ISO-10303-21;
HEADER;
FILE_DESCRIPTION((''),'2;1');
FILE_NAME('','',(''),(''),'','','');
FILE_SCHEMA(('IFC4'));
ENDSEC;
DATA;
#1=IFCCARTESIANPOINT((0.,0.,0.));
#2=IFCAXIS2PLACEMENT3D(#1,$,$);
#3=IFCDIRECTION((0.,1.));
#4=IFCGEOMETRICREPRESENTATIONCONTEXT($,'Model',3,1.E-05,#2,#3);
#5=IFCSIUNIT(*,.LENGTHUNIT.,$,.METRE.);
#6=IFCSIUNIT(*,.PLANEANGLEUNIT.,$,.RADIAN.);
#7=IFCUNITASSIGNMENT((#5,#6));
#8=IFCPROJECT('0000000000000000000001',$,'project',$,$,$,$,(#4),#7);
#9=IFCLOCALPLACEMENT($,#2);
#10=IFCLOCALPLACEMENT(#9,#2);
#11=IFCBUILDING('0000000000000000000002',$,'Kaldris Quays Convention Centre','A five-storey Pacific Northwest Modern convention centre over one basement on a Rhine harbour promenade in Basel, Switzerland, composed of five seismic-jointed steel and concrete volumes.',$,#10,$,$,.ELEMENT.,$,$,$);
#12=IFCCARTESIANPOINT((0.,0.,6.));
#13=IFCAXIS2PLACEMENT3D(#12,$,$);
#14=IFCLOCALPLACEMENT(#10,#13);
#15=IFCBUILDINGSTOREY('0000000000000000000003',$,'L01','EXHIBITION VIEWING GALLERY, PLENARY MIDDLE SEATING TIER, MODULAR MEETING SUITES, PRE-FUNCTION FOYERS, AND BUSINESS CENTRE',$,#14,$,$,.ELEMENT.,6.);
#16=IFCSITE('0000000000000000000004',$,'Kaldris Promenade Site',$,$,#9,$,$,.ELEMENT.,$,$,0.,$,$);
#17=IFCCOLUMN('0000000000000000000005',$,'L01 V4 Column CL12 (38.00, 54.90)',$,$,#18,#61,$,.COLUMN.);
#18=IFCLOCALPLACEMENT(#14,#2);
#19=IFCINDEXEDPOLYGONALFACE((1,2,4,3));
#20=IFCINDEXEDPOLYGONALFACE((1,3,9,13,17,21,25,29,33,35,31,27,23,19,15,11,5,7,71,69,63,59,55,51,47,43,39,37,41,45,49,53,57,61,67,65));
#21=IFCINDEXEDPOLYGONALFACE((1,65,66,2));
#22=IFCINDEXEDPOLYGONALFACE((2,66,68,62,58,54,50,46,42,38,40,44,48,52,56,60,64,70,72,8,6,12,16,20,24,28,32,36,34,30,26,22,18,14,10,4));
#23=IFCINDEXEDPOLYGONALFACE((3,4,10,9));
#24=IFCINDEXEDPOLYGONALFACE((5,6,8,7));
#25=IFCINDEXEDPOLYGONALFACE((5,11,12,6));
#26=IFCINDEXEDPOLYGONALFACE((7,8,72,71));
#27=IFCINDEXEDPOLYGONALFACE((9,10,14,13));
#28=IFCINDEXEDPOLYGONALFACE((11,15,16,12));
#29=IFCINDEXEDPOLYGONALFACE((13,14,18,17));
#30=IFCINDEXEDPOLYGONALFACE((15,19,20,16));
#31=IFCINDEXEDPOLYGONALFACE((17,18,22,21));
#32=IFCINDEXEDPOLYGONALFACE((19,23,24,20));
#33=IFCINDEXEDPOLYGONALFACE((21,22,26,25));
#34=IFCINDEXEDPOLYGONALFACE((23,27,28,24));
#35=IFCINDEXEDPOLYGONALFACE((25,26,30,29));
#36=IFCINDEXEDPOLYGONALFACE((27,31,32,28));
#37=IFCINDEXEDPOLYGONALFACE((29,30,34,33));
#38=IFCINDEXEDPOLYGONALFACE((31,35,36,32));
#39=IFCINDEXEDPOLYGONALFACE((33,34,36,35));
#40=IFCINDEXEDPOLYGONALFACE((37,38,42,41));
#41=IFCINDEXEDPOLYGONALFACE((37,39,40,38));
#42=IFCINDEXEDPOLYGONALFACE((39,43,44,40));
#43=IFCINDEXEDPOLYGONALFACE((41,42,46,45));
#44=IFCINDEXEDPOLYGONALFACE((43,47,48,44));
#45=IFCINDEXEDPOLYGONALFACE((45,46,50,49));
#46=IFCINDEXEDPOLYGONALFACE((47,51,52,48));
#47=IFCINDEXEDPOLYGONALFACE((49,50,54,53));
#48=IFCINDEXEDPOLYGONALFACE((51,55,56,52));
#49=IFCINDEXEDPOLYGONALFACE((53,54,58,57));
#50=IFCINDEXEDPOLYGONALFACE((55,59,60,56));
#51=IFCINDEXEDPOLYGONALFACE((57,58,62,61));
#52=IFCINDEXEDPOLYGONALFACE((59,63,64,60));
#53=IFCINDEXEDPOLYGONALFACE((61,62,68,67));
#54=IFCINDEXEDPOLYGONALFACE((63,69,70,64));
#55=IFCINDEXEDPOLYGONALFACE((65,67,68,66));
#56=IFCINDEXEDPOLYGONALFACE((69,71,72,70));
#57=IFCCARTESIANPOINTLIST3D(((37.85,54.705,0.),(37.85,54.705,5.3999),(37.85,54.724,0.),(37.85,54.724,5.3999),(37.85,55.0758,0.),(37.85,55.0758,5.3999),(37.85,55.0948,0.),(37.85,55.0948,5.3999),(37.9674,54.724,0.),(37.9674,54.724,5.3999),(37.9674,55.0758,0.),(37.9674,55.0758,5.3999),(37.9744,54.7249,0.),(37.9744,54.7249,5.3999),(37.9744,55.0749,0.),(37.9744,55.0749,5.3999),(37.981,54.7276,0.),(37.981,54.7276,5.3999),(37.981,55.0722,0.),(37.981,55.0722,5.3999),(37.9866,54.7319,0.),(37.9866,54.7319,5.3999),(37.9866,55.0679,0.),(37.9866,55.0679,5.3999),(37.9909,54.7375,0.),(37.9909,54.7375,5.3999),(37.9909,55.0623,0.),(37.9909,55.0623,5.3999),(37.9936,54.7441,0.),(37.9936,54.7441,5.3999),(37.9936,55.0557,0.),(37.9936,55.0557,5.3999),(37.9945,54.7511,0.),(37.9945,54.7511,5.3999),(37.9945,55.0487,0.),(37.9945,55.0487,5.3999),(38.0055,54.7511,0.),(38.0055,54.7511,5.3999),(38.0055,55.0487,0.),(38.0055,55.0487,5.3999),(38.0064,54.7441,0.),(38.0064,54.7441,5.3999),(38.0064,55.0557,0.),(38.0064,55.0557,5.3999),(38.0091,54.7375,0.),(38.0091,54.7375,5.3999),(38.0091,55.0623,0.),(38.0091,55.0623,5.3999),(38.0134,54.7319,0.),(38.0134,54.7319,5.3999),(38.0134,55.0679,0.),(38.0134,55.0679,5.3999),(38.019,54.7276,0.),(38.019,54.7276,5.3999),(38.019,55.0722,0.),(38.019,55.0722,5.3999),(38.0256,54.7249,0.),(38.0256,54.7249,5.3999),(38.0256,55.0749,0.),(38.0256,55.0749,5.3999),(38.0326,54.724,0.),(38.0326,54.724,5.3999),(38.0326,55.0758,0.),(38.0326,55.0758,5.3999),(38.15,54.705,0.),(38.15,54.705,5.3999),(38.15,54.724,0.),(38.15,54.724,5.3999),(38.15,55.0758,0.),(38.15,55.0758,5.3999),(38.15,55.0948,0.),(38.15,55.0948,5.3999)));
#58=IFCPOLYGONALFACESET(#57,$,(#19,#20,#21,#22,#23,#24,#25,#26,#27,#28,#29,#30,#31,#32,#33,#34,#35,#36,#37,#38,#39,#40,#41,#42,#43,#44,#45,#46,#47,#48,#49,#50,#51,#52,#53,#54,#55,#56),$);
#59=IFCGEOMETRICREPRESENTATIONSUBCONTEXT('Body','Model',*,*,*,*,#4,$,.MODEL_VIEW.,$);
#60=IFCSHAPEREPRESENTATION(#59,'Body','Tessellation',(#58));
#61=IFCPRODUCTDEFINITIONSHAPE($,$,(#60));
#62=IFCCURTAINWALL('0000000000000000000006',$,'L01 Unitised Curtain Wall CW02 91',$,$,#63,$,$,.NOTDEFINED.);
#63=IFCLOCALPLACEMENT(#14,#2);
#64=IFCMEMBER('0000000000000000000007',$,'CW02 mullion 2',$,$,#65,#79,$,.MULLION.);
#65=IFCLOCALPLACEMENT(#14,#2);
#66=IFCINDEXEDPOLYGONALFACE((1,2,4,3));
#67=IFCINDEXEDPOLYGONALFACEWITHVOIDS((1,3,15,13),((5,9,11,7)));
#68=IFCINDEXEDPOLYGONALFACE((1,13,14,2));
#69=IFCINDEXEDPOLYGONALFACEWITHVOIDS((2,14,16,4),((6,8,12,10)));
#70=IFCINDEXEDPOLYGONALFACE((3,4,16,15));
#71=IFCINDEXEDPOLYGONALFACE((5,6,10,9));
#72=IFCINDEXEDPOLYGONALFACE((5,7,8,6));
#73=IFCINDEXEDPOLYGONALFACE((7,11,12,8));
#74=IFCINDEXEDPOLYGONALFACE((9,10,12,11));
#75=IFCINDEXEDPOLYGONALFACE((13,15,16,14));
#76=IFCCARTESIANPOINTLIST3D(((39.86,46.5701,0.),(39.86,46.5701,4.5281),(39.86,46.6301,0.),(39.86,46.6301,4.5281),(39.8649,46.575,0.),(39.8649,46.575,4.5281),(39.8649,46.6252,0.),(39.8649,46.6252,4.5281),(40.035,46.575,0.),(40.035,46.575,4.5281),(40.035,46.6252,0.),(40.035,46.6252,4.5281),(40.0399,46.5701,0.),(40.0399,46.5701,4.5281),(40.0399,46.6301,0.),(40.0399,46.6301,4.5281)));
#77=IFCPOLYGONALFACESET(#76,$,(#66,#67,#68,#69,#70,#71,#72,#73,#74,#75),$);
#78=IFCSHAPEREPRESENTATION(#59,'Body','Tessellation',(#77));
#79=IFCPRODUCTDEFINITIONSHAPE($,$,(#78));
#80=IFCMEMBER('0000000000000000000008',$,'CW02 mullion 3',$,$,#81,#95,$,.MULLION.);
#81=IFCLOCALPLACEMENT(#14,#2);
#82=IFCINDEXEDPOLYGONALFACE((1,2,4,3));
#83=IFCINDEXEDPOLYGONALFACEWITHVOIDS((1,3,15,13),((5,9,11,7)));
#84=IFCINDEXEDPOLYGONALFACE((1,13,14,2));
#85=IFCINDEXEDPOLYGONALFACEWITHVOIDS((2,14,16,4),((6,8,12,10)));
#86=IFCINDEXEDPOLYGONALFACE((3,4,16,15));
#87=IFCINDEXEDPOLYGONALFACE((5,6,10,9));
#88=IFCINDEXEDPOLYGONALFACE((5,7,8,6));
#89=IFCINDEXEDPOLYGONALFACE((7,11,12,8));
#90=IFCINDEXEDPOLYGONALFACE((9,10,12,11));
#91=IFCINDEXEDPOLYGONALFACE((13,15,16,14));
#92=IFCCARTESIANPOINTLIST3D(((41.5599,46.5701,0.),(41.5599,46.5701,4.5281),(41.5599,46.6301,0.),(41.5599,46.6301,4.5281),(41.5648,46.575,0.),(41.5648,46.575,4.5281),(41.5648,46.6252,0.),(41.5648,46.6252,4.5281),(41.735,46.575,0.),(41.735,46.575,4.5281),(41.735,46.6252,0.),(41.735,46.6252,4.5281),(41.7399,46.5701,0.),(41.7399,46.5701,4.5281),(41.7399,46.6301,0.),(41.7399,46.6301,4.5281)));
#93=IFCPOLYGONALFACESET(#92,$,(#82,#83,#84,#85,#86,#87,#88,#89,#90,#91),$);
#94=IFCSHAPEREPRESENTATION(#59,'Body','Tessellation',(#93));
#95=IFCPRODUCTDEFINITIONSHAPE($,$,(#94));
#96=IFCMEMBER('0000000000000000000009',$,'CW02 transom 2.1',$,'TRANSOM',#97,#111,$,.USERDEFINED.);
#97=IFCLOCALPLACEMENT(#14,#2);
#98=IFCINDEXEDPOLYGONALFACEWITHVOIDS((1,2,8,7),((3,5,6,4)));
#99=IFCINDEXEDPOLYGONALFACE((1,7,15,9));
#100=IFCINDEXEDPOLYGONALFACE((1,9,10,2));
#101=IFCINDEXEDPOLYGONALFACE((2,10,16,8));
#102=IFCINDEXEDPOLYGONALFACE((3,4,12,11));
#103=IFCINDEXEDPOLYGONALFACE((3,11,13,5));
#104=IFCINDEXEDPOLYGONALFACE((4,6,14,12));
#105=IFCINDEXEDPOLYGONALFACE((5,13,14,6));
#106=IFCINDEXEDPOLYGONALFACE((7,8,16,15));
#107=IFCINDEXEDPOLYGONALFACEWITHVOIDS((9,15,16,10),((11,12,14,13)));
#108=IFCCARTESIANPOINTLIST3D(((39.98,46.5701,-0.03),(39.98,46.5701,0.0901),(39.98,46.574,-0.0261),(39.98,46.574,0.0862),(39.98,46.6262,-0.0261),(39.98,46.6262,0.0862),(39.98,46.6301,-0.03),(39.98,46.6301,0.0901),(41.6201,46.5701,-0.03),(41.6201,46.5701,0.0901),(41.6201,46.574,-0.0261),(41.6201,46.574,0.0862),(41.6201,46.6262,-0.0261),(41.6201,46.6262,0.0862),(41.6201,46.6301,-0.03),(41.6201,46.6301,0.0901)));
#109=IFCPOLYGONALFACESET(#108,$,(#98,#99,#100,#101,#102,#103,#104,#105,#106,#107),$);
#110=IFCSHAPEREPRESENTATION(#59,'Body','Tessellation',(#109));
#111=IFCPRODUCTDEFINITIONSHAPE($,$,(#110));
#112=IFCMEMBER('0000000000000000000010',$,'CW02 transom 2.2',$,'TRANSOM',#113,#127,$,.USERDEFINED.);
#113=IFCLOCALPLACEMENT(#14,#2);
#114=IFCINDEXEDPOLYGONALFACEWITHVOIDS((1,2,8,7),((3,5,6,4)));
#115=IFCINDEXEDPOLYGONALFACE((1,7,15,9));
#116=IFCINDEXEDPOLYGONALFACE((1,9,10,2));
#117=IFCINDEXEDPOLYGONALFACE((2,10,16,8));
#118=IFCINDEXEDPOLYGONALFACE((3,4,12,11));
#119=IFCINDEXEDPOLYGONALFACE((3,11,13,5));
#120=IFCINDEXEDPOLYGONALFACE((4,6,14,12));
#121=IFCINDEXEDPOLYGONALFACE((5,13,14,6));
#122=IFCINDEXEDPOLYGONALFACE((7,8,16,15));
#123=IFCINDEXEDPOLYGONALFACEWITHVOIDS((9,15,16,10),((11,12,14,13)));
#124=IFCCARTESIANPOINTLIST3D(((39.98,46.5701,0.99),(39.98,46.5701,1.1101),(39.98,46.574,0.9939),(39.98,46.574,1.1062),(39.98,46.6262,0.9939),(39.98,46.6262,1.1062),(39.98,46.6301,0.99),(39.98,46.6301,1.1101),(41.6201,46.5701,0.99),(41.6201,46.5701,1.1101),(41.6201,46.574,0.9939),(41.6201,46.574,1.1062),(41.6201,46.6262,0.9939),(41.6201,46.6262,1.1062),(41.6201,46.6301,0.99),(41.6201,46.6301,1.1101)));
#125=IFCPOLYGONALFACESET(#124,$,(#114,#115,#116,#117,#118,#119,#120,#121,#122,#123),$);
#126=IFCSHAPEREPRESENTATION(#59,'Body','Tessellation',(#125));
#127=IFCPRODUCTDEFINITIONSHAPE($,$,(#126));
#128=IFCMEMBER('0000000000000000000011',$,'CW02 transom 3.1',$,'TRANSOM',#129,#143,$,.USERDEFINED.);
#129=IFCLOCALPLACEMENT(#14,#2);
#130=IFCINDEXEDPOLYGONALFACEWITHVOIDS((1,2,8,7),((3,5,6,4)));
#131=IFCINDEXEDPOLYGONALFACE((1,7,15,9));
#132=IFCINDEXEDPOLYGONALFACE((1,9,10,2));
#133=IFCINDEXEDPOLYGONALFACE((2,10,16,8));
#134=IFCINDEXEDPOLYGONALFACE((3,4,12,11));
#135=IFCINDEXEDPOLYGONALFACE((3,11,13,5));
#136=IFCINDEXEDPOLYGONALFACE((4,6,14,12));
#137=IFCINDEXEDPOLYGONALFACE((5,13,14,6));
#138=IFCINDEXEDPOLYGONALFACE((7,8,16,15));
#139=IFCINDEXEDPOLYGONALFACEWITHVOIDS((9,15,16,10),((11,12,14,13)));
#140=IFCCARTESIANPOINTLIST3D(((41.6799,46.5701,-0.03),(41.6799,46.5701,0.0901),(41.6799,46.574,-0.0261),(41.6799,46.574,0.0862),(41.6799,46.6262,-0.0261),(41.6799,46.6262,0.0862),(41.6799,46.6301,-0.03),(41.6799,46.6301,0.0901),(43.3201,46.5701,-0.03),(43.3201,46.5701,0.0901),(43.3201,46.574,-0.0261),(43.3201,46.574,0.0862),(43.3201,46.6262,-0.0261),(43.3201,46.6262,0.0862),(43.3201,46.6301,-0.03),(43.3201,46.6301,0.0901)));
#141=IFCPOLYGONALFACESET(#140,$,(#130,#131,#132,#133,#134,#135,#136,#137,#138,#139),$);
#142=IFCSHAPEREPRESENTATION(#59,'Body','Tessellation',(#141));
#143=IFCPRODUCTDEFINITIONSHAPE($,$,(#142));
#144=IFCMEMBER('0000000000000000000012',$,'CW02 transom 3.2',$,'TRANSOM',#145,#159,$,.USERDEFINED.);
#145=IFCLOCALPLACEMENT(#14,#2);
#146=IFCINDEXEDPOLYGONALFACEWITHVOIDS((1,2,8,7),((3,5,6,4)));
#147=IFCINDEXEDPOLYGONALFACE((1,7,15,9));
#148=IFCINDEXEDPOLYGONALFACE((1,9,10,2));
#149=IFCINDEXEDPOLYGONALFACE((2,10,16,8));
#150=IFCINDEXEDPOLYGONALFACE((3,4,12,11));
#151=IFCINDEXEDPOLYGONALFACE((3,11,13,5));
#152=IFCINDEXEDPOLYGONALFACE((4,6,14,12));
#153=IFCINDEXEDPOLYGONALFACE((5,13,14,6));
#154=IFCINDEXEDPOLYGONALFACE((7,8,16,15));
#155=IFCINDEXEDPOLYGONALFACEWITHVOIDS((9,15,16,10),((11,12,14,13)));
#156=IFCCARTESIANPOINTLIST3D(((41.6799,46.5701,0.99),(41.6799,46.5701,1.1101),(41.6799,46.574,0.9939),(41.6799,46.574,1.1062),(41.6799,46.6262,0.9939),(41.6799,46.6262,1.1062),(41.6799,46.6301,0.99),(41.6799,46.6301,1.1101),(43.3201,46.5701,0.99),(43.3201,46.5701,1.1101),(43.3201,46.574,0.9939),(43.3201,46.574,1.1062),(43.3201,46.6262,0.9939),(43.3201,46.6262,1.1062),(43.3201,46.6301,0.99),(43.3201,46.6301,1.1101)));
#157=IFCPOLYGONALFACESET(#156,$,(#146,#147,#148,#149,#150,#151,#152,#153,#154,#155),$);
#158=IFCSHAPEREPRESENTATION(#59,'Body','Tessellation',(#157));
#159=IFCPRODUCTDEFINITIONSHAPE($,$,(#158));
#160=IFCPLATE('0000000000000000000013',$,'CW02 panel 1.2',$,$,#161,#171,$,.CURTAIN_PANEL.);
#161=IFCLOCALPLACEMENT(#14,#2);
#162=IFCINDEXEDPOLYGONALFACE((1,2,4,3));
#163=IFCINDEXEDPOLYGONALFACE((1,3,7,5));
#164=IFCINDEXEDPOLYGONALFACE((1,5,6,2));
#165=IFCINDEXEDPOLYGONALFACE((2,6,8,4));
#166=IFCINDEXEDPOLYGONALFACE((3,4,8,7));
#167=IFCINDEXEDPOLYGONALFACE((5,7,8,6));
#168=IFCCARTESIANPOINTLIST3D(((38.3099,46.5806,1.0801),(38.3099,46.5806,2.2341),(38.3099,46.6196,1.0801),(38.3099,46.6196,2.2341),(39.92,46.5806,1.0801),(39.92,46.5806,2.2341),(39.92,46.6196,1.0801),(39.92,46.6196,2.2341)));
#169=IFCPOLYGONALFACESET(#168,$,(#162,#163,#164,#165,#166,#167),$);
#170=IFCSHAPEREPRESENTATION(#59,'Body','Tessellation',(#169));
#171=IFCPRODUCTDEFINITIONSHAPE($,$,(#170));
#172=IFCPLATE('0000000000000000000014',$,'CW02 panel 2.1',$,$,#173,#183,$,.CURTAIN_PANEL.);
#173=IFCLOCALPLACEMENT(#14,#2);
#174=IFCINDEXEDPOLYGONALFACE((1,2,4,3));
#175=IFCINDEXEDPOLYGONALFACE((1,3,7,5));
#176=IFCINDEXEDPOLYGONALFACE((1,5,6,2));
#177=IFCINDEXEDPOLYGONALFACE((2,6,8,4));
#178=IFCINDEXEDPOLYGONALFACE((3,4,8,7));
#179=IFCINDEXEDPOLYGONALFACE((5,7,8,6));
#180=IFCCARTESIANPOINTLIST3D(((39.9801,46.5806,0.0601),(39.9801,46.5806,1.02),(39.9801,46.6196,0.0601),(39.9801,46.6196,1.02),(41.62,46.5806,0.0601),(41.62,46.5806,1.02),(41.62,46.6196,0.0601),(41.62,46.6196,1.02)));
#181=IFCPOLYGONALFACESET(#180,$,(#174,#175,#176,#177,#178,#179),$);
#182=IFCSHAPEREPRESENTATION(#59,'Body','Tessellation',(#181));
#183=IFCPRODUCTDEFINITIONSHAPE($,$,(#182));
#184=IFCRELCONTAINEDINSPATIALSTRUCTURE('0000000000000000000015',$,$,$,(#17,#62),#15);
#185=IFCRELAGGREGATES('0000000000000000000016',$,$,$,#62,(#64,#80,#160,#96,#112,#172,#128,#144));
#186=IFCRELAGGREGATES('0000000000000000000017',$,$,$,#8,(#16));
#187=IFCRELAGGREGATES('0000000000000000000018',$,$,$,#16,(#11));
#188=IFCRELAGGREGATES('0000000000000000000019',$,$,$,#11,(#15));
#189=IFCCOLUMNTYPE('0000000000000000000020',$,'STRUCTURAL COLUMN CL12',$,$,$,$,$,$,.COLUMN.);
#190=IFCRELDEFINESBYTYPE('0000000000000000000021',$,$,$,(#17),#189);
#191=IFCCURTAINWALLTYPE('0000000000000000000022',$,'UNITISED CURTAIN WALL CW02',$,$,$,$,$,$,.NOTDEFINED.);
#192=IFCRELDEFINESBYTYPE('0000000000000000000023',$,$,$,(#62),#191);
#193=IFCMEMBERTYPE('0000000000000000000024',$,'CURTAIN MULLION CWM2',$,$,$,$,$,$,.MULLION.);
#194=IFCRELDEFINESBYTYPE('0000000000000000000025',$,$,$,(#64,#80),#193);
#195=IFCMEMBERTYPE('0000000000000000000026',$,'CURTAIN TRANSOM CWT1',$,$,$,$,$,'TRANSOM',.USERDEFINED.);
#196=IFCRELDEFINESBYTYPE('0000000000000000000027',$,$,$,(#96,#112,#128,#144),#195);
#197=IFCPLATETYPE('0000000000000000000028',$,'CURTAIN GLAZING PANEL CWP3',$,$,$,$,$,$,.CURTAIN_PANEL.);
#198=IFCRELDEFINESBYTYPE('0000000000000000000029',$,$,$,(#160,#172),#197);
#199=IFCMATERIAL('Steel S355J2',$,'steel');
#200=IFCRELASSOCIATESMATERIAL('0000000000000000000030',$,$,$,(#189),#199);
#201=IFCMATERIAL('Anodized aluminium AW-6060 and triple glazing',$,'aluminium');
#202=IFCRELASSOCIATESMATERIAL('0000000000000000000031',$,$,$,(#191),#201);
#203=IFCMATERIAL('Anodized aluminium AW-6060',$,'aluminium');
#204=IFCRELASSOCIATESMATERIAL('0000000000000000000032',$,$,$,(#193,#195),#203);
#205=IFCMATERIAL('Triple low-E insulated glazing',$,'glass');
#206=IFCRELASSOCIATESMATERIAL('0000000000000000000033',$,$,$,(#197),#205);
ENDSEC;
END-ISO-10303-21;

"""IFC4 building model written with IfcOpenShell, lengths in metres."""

from ifc_helpers import new_model, si_unit, direction, frame, origin, origin_2d, place, context, subcontext, project, spatial, rectangle, hollow_rectangle, i_section, extrude, material, material_profile, profile_set, type_object, element, aggregate, save


model = new_model("IFC4")

# Units and contexts
model_context = context("Model", 3, precision=1e-05, world=origin(), true_north=direction((0.0, 1.0)))
body_context = subcontext(model_context, "Body", "Model", "MODEL_VIEW")
ifc_project = project(units=[si_unit("LENGTHUNIT", "METRE"), si_unit("PLANEANGLEUNIT", "RADIAN")], contexts=[model_context])

# Site, building, storey
site_placement = place(None, origin())
site = spatial("IfcSite", under=ifc_project, at=site_placement, Name="Kaldris Promenade Site", CompositionType="ELEMENT", RefElevation=0.0)
building_placement = place(site_placement, origin())
building = spatial("IfcBuilding", under=site, at=building_placement, Name="Kaldris Quays Convention Centre", Description="A five-storey Pacific Northwest Modern convention centre over one basement on a Rhine harbour promenade in Basel, Switzerland, composed of five seismic-jointed steel and concrete volumes.", CompositionType="ELEMENT")
storey_placement = place(building_placement, frame((0.0, 0.0, 6.0)))
storey = spatial("IfcBuildingStorey", under=building, at=storey_placement, Name="L01", Description="EXHIBITION VIEWING GALLERY, PLENARY MIDDLE SEATING TIER, MODULAR MEETING SUITES, PRE-FUNCTION FOYERS, AND BUSINESS CENTRE", CompositionType="ELEMENT", Elevation=6.0)

# Column
ifc_material_1 = material(Name="Steel S355J2", Category="steel")
ifc_material_profile_1 = material_profile(ifc_material_1, i_section(OverallWidth=0.3, OverallDepth=0.3899, WebThickness=0.011, FlangeThickness=0.019, FilletRadius=0.0271, at=origin_2d()), Name="HEA 400")
ifc_profile_set_1 = profile_set([ifc_material_profile_1], Name="Steel S355J2")
column_type = type_object("IfcColumnType", Name="STRUCTURAL COLUMN CL12", PredefinedType="COLUMN", material=ifc_profile_set_1)
column_placement = place(storey_placement, frame((38.0, 54.8999, 0.0), z_axis=(0.0, 0.0, 1.0), x_axis=(1.0, 0.0, 0.0)))
element("IfcColumn", 1, at=column_placement, inside=storey, type_object=column_type, Name="L01 V4 Column CL12 (38.00, 54.90)", PredefinedType="COLUMN", context=body_context, shape_type="SweptSolid", body=[
    extrude(i_section(OverallWidth=0.3, OverallDepth=0.3899, WebThickness=0.011, FlangeThickness=0.019, FilletRadius=0.0271, at=origin_2d()), origin(), (0.0, 0.0, 1.0), 5.3999),
])

# Curtain wall, members, plates
ifc_material_2 = material(Name="Anodized aluminium AW-6060 and triple glazing", Category="aluminium")
curtain_wall_type = type_object("IfcCurtainWallType", Name="UNITISED CURTAIN WALL CW02", PredefinedType="NOTDEFINED", material=ifc_material_2)
curtain_wall_placement = place(storey_placement, origin())
curtain_wall = element("IfcCurtainWall", 2, at=curtain_wall_placement, inside=storey, type_object=curtain_wall_type, Name="L01 Unitised Curtain Wall CW02 91", PredefinedType="NOTDEFINED")
ifc_material_3 = material(Name="Anodized aluminium AW-6060", Category="aluminium")
ifc_material_profile_2 = material_profile(ifc_material_3, hollow_rectangle(XDim=0.0601, YDim=0.1799, WallThickness=0.0049, at=origin_2d()), Name="RHS 180x60x5")
ifc_profile_set_2 = profile_set([ifc_material_profile_2], Name="Anodized aluminium AW-6060")
member_type_1 = type_object("IfcMemberType", Name="CURTAIN MULLION CWM2", PredefinedType="MULLION", material=ifc_profile_set_2)
member_1_placement = place(storey_placement, frame((39.95, 46.6001, 0.0), z_axis=(0.0, 0.0, 1.0), x_axis=(0.0, 1.0, 0.0)))
member_1 = element("IfcMember", 3, at=member_1_placement, type_object=member_type_1, Name="CW02 mullion 2", PredefinedType="MULLION", context=body_context, shape_type="SweptSolid", body=[
    extrude(hollow_rectangle(XDim=0.0601, YDim=0.1799, WallThickness=0.0049, at=origin_2d()), origin(), (0.0, 0.0, 1.0), 4.5281),
])
member_2_placement = place(storey_placement, frame((41.6499, 46.6001, 0.0), z_axis=(0.0, 0.0, 1.0), x_axis=(0.0, 1.0, 0.0)))
member_2 = element("IfcMember", 4, at=member_2_placement, type_object=member_type_1, Name="CW02 mullion 3", PredefinedType="MULLION", context=body_context, shape_type="SweptSolid", body=[
    extrude(hollow_rectangle(XDim=0.0601, YDim=0.1799, WallThickness=0.0049, at=origin_2d()), origin(), (0.0, 0.0, 1.0), 4.5281),
])
ifc_material_profile_3 = material_profile(ifc_material_3, hollow_rectangle(XDim=0.0601, YDim=0.1201, WallThickness=0.0039, at=origin_2d()), Name="RHS 120x60x4")
ifc_profile_set_3 = profile_set([ifc_material_profile_3], Name="Anodized aluminium AW-6060")
member_type_2 = type_object("IfcMemberType", Name="CURTAIN TRANSOM CWT1", ElementType="TRANSOM", PredefinedType="USERDEFINED", material=ifc_profile_set_3)
member_3_placement = place(storey_placement, frame((39.98, 46.6001, 0.03), z_axis=(1.0, 0.0, 0.0), x_axis=(0.0, 1.0, 0.0)))
member_3 = element("IfcMember", 5, at=member_3_placement, type_object=member_type_2, Name="CW02 transom 2.1", ObjectType="TRANSOM", PredefinedType="USERDEFINED", context=body_context, shape_type="SweptSolid", body=[
    extrude(hollow_rectangle(XDim=0.0601, YDim=0.1201, WallThickness=0.0039, at=origin_2d()), origin(), (0.0, 0.0, 1.0), 1.6401),
])
member_4_placement = place(storey_placement, frame((39.98, 46.6001, 1.05), z_axis=(1.0, 0.0, 0.0), x_axis=(0.0, 1.0, 0.0)))
member_4 = element("IfcMember", 6, at=member_4_placement, type_object=member_type_2, Name="CW02 transom 2.2", ObjectType="TRANSOM", PredefinedType="USERDEFINED", context=body_context, shape_type="SweptSolid", body=[
    extrude(hollow_rectangle(XDim=0.0601, YDim=0.1201, WallThickness=0.0039, at=origin_2d()), origin(), (0.0, 0.0, 1.0), 1.6401),
])
member_5_placement = place(storey_placement, frame((41.6799, 46.6001, 0.03), z_axis=(1.0, 0.0, 0.0), x_axis=(0.0, 1.0, 0.0)))
member_5 = element("IfcMember", 7, at=member_5_placement, type_object=member_type_2, Name="CW02 transom 3.1", ObjectType="TRANSOM", PredefinedType="USERDEFINED", context=body_context, shape_type="SweptSolid", body=[
    extrude(hollow_rectangle(XDim=0.0601, YDim=0.1201, WallThickness=0.0039, at=origin_2d()), origin(), (0.0, 0.0, 1.0), 1.6401),
])
member_6_placement = place(storey_placement, frame((41.6799, 46.6001, 1.05), z_axis=(1.0, 0.0, 0.0), x_axis=(0.0, 1.0, 0.0)))
member_6 = element("IfcMember", 8, at=member_6_placement, type_object=member_type_2, Name="CW02 transom 3.2", ObjectType="TRANSOM", PredefinedType="USERDEFINED", context=body_context, shape_type="SweptSolid", body=[
    extrude(hollow_rectangle(XDim=0.0601, YDim=0.1201, WallThickness=0.0039, at=origin_2d()), origin(), (0.0, 0.0, 1.0), 1.6401),
])
ifc_material_4 = material(Name="Triple low-E insulated glazing", Category="glass")
plate_type = type_object("IfcPlateType", Name="CURTAIN GLAZING PANEL CWP3", PredefinedType="CURTAIN_PANEL", material=ifc_material_4)
plate_1_placement = place(storey_placement, frame((39.115, 46.6001, 1.0801), z_axis=(0.0, 0.0, 1.0), x_axis=(1.0, 0.0, 0.0)))
plate_1 = element("IfcPlate", 9, at=plate_1_placement, type_object=plate_type, Name="CW02 panel 1.2", PredefinedType="CURTAIN_PANEL", context=body_context, shape_type="SweptSolid", body=[
    extrude(rectangle(XDim=1.6101, YDim=0.0391, at=origin_2d()), origin(), (0.0, 0.0, 1.0), 1.1541),
])
plate_2_placement = place(storey_placement, frame((40.8, 46.6001, 0.0601), z_axis=(0.0, 0.0, 1.0), x_axis=(1.0, 0.0, 0.0)))
plate_2 = element("IfcPlate", 10, at=plate_2_placement, type_object=plate_type, Name="CW02 panel 2.1", PredefinedType="CURTAIN_PANEL", context=body_context, shape_type="SweptSolid", body=[
    extrude(rectangle(XDim=1.6399, YDim=0.0391, at=origin_2d()), origin(), (0.0, 0.0, 1.0), 0.96),
])
aggregate(curtain_wall, [member_1, member_2, plate_1, member_3, member_4, plate_2, member_5, member_6])

save(model, "model.ifc")
